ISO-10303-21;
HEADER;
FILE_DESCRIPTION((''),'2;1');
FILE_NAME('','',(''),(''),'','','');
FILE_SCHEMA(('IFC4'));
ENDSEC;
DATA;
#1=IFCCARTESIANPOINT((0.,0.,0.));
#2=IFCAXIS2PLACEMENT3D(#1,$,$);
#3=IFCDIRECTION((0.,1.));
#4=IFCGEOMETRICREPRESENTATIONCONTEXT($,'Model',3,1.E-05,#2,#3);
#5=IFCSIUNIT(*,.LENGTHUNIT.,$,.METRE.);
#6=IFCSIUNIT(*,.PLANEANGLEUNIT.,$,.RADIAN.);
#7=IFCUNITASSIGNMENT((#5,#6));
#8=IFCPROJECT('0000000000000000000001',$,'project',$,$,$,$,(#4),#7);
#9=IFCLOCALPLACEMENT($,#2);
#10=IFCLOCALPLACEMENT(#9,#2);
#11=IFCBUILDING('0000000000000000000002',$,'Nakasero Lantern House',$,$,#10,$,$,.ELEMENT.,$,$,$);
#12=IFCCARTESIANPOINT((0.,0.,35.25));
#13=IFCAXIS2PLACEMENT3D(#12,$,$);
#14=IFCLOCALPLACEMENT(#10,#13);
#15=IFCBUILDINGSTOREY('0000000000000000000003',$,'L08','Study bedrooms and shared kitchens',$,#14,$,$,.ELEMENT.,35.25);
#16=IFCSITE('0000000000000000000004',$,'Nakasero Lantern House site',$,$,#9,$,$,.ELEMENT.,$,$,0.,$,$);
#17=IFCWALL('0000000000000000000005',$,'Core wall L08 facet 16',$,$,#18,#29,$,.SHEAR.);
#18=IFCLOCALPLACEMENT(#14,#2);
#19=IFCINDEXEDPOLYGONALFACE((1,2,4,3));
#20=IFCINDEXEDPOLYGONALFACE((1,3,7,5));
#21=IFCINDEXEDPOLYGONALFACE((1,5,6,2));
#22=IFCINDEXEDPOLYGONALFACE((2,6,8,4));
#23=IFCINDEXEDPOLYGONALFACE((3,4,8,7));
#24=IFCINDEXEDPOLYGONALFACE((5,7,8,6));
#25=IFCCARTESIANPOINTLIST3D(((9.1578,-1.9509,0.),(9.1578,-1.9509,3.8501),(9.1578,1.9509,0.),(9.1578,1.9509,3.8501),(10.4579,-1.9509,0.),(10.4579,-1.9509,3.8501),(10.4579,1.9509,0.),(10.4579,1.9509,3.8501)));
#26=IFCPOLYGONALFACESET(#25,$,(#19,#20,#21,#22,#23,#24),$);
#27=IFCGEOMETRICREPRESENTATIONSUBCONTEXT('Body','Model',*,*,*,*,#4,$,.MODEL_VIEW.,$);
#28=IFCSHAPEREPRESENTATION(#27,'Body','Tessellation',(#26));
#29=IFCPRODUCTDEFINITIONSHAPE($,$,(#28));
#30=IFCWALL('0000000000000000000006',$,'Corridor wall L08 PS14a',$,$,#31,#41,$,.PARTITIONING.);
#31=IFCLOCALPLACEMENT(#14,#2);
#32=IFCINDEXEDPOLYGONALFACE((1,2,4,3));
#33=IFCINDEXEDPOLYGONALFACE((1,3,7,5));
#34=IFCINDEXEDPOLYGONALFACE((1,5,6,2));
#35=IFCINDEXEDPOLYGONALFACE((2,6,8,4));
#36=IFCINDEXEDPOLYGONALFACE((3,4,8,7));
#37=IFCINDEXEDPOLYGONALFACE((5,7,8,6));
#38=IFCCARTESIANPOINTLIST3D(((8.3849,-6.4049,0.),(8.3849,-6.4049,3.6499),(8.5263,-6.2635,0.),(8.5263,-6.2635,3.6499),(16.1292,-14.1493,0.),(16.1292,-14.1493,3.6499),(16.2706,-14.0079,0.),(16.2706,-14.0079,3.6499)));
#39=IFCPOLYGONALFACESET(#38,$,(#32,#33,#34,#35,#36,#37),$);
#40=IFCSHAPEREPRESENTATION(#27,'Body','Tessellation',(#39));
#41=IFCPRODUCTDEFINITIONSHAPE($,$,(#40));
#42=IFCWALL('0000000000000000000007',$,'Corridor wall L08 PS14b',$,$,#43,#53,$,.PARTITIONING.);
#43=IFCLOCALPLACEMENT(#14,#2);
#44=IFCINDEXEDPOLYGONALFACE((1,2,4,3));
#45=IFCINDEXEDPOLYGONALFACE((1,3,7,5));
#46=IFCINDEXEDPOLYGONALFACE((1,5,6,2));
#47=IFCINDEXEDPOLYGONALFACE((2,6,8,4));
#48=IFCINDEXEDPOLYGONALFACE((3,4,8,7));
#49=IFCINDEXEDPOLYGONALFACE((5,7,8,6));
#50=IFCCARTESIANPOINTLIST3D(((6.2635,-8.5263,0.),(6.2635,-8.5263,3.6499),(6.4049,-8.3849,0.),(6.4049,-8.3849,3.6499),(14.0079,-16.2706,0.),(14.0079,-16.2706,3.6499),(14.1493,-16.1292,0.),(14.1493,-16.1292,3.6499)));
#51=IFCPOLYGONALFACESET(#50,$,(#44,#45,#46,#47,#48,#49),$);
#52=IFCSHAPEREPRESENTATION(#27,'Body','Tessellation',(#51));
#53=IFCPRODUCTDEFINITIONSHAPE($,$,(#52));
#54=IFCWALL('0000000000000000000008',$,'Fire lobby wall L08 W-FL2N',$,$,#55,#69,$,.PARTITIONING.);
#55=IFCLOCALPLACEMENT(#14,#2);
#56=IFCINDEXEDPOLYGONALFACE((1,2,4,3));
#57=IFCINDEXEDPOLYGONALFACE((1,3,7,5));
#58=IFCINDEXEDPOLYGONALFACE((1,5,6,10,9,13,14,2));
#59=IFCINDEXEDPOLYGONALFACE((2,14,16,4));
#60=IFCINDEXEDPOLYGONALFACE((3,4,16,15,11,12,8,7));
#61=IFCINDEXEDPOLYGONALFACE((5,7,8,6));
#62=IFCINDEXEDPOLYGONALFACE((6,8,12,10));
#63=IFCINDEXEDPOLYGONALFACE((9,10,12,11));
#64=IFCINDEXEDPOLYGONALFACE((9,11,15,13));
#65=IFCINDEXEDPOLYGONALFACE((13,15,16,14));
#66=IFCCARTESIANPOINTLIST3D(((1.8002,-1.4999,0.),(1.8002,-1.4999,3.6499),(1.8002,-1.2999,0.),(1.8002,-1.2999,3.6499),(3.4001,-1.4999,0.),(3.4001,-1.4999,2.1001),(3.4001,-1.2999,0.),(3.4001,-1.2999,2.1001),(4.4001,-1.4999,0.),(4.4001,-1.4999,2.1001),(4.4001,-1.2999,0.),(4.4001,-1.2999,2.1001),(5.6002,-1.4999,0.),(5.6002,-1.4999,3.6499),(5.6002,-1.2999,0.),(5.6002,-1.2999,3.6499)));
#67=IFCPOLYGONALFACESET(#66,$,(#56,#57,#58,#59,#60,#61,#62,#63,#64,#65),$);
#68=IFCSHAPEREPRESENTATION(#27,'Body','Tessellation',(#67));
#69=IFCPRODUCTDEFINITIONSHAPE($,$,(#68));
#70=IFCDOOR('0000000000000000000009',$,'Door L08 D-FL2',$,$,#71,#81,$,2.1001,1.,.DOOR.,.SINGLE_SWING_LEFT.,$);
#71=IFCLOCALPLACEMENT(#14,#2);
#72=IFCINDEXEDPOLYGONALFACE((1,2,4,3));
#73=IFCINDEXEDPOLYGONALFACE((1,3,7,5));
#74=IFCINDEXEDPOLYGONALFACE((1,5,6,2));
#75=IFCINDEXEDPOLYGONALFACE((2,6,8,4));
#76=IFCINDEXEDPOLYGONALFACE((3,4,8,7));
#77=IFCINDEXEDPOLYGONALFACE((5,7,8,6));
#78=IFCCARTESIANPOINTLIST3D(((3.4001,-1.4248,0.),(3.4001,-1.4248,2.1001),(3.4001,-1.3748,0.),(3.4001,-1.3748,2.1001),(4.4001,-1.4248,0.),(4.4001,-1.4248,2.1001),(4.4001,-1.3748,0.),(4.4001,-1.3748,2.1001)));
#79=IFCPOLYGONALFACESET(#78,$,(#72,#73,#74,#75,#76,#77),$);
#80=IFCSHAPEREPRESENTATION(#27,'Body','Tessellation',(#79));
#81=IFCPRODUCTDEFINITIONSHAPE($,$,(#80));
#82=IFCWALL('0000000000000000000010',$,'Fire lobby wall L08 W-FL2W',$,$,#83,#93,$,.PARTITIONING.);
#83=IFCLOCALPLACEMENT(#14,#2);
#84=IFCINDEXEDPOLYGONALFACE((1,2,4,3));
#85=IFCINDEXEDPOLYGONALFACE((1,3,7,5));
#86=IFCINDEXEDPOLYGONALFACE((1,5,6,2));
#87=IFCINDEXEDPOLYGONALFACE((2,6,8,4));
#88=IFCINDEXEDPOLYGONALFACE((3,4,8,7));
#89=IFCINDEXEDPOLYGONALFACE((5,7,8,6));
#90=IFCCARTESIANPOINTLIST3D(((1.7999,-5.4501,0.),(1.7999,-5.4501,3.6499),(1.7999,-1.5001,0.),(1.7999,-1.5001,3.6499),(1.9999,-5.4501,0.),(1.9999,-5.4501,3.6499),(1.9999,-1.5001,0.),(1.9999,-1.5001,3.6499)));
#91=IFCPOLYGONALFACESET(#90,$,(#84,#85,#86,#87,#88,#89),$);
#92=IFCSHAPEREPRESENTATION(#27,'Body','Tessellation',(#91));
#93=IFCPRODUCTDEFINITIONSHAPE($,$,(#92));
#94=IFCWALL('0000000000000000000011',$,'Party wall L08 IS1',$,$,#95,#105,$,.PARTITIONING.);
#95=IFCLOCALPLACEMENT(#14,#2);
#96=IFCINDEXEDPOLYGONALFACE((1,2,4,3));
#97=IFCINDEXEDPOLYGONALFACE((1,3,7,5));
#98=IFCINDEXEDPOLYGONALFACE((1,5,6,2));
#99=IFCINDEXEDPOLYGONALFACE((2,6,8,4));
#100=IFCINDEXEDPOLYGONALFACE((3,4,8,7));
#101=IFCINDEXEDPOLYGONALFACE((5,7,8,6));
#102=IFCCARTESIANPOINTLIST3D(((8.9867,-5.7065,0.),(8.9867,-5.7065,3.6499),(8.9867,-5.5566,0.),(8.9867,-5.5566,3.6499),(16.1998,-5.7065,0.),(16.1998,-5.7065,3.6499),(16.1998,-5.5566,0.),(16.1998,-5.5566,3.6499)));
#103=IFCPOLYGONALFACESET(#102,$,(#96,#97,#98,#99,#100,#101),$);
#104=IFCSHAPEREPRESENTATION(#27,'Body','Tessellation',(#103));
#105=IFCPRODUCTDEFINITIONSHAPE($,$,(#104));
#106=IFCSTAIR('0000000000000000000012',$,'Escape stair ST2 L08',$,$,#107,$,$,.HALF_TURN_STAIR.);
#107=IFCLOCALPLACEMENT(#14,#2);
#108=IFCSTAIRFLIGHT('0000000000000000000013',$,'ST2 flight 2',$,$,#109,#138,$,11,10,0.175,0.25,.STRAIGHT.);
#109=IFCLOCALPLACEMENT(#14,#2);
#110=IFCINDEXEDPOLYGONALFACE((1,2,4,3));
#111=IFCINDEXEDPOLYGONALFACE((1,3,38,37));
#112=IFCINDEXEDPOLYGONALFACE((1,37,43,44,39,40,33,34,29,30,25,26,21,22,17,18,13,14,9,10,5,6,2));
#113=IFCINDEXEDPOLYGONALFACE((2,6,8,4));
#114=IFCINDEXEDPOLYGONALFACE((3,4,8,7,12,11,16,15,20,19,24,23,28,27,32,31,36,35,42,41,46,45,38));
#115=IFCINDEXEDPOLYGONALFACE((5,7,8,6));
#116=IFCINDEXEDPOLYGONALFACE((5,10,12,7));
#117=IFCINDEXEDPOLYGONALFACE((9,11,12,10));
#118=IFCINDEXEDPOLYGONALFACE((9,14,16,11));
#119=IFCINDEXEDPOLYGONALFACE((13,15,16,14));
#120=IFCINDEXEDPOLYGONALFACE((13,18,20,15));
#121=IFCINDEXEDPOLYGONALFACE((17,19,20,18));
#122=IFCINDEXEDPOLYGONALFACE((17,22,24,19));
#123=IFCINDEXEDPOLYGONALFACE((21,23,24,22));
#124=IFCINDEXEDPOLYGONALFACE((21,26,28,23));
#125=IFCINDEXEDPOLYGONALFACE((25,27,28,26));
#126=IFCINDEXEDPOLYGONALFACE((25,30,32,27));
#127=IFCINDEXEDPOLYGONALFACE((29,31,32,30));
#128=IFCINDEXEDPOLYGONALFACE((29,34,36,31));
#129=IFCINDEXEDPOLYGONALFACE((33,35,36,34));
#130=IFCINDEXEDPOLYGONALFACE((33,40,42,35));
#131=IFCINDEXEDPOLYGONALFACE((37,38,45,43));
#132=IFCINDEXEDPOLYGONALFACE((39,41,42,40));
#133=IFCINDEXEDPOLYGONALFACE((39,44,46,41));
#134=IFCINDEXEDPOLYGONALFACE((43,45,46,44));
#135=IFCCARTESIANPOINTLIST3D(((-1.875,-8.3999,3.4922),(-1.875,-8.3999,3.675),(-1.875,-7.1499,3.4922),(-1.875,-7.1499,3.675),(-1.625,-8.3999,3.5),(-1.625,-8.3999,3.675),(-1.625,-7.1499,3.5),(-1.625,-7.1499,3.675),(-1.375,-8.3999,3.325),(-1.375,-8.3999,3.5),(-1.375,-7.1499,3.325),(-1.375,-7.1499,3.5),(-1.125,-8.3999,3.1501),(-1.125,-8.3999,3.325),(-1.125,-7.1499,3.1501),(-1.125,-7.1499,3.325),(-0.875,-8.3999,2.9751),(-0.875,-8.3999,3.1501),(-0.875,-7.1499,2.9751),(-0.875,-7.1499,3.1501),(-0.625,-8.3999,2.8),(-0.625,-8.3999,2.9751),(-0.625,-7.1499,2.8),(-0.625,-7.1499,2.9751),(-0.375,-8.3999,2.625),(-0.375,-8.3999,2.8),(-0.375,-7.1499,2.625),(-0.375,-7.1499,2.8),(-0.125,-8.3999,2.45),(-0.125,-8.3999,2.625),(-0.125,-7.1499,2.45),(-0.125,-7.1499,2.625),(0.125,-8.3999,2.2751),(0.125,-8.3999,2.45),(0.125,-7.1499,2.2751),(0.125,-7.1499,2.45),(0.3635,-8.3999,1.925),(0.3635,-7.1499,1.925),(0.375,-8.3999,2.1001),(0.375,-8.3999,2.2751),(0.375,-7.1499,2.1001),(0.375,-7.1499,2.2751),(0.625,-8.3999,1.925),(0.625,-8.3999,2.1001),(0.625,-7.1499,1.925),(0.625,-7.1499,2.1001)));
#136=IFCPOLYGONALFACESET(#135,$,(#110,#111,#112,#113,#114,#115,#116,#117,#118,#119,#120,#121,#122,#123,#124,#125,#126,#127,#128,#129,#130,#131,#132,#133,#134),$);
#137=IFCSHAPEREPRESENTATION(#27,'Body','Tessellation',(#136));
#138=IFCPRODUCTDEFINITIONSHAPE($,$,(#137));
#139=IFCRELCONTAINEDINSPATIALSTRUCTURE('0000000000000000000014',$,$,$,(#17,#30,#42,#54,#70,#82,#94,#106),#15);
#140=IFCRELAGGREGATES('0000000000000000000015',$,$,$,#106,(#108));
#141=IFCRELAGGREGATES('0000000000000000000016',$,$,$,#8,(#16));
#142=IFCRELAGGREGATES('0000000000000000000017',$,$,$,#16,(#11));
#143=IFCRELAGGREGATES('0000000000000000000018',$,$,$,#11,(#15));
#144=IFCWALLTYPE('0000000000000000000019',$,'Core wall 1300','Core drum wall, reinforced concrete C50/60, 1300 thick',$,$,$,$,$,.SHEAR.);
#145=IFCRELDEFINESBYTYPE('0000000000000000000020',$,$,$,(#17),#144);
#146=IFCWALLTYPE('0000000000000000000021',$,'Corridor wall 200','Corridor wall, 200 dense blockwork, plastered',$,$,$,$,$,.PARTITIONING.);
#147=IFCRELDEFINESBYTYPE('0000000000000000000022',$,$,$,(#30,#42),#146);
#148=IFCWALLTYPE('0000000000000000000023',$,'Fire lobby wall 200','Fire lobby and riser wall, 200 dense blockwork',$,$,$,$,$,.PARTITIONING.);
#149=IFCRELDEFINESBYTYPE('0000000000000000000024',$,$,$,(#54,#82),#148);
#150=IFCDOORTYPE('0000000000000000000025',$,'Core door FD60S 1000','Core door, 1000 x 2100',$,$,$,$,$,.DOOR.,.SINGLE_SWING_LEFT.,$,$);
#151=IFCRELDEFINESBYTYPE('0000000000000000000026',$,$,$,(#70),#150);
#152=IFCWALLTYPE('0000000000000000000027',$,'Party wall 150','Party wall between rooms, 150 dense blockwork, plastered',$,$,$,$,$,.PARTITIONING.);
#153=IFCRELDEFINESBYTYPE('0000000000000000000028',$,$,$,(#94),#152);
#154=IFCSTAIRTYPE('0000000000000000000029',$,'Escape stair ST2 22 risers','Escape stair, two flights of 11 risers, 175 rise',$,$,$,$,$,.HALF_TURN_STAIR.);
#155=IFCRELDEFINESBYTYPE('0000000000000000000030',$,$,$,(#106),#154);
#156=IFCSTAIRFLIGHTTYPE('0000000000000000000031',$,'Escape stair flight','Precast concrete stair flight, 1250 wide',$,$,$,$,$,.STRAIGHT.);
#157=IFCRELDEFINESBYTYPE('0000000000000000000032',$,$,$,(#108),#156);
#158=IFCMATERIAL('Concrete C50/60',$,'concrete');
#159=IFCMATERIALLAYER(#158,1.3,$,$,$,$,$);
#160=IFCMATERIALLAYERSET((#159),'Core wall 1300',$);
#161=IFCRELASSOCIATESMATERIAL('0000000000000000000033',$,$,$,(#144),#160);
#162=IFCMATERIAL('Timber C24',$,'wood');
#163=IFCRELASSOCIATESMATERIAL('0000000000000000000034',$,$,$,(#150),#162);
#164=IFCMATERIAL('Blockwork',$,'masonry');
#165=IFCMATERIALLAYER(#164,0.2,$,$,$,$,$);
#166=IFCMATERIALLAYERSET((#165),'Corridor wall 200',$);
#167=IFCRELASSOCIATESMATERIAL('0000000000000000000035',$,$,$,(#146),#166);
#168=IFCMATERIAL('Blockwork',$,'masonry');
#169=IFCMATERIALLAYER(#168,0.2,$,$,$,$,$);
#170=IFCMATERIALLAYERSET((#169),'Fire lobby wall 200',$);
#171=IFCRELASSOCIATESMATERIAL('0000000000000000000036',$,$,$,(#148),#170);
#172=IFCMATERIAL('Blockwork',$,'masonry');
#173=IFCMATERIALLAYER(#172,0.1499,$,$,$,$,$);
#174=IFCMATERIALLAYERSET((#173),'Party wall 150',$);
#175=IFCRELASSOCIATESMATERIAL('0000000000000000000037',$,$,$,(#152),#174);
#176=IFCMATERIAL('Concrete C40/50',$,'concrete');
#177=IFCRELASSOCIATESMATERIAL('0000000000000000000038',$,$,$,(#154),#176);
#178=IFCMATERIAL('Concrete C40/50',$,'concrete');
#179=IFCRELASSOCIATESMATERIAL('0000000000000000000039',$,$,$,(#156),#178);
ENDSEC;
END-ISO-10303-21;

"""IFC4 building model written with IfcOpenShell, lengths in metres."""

from ifc_helpers import new_model, si_unit, direction, frame, frame_2d, origin, place, context, subcontext, project, spatial, polyline, rectangle, outline, extrude, material, layer, layer_set, type_object, element, fill, aggregate, save


model = new_model("IFC4")

# Units and contexts
model_context = context("Model", 3, precision=1e-05, world=origin(), true_north=direction((0.0, 1.0)))
body_context = subcontext(model_context, "Body", "Model", "MODEL_VIEW")
ifc_project = project(units=[si_unit("LENGTHUNIT", "METRE"), si_unit("PLANEANGLEUNIT", "RADIAN")], contexts=[model_context])

# Site, building, storey
site_placement = place(None, origin())
site = spatial("IfcSite", under=ifc_project, at=site_placement, Name="Nakasero Lantern House site", CompositionType="ELEMENT", RefElevation=0.0)
building_placement = place(site_placement, origin())
building = spatial("IfcBuilding", under=site, at=building_placement, Name="Nakasero Lantern House", CompositionType="ELEMENT")
storey_placement = place(building_placement, frame((0.0, 0.0, 35.25)))
storey = spatial("IfcBuildingStorey", under=building, at=storey_placement, Name="L08", Description="Study bedrooms and shared kitchens", CompositionType="ELEMENT", Elevation=35.25)

# Shared definitions
ifc_material_1 = material(Name="Concrete C50/60", Category="concrete")
ifc_layer_1 = layer(ifc_material_1, 1.3)
ifc_layer_set_1 = layer_set([ifc_layer_1], Name="Core wall 1300")
wall_type_1 = type_object("IfcWallType", Name="Core wall 1300", Description="Core drum wall, reinforced concrete C50/60, 1300 thick", PredefinedType="SHEAR", material=ifc_layer_set_1)

# Shared definitions
ifc_material_2 = material(Name="Timber C24", Category="wood")
door_type_1 = type_object("IfcDoorType", Name="Core door FD60S 1000", Description="Core door, 1000 x 2100", OperationType="SINGLE_SWING_LEFT", PredefinedType="DOOR", material=ifc_material_2)

# Walls
for number, where, z_axis, x_axis, name in (
    (1, (9.8079, -1.9509, 0.0), (0.0, 0.0, 1.0), (0.0, 1.0, 0.0), "Core wall L08 facet 16"),
):
    element("IfcWall", number, at=place(storey_placement, frame(where, z_axis=z_axis, x_axis=x_axis)), inside=storey, type_object=wall_type_1, Name=name, PredefinedType="SHEAR", context=body_context, shape_type="SweptSolid", body=[
        extrude(rectangle(XDim=3.9019, YDim=1.3, at=frame_2d((1.9509, 0.0))), origin(), (0.0, 0.0, 1.0), 3.8501),
    ])
ifc_material_3 = material(Name="Blockwork", Category="masonry")
ifc_layer_2 = layer(ifc_material_3, 0.2)
ifc_layer_set_2 = layer_set([ifc_layer_2], Name="Corridor wall 200")
wall_type_2 = type_object("IfcWallType", Name="Corridor wall 200", Description="Corridor wall, 200 dense blockwork, plastered", PredefinedType="PARTITIONING", material=ifc_layer_set_2)
for number, where, z_axis, x_axis, name in (
    (2, (8.4556, -6.3342, 0.0), (0.0, 0.0, 1.0), (0.707107, -0.707107, 0.0), "Corridor wall L08 PS14a"),
    (3, (6.3342, -8.4556, 0.0), (0.0, 0.0, 1.0), (0.707107, -0.707107, 0.0), "Corridor wall L08 PS14b"),
):
    element("IfcWall", number, at=place(storey_placement, frame(where, z_axis=z_axis, x_axis=x_axis)), inside=storey, type_object=wall_type_2, Name=name, PredefinedType="PARTITIONING", context=body_context, shape_type="SweptSolid", body=[
        extrude(rectangle(XDim=10.9521, YDim=0.2, at=frame_2d((5.4761, 0.0))), origin(), (0.0, 0.0, 1.0), 3.6499),
    ])

# Wall, opening, door
ifc_material_4 = material(Name="Blockwork", Category="masonry")
ifc_layer_3 = layer(ifc_material_4, 0.2)
ifc_layer_set_3 = layer_set([ifc_layer_3], Name="Fire lobby wall 200")
wall_type_3 = type_object("IfcWallType", Name="Fire lobby wall 200", Description="Fire lobby and riser wall, 200 dense blockwork", PredefinedType="PARTITIONING", material=ifc_layer_set_3)
wall_1_placement = place(storey_placement, frame((5.6001, -1.3999, 0.0), z_axis=(0.0, 0.0, 1.0), x_axis=(-1.0, 0.0, 0.0)))
wall_1 = element("IfcWall", 4, at=wall_1_placement, inside=storey, type_object=wall_type_3, Name="Fire lobby wall L08 W-FL2N", PredefinedType="PARTITIONING", context=body_context, shape_type="SweptSolid", body=[
    extrude(rectangle(XDim=3.8, YDim=0.2, at=frame_2d((1.8999, 0.0))), origin(), (0.0, 0.0, 1.0), 3.6499),
])
opening_1_placement = place(wall_1_placement, frame((1.2, 0.0, 0.0)))
opening_1 = element("IfcOpeningElement", 5, at=opening_1_placement, cuts=wall_1, PredefinedType="OPENING", context=body_context, shape_type="SweptSolid", body=[
    extrude(rectangle(XDim=1.0, YDim=2.1001, at=frame_2d((0.5, 1.05))), frame((0.0, 0.1199, 0.0), z_axis=(0.0, -1.0, 0.0), x_axis=(1.0, 0.0, 0.0)), (0.0, 0.0, 1.0), 0.24),
])
door_1_placement = place(opening_1_placement, origin())
door_1 = element("IfcDoor", 6, at=door_1_placement, inside=storey, type_object=door_type_1, Name="Door L08 D-FL2", OperationType="SINGLE_SWING_LEFT", OverallHeight=2.1001, OverallWidth=1.0, PredefinedType="DOOR", context=body_context, shape_type="SweptSolid", body=[
    extrude(rectangle(XDim=1.0, YDim=2.1001, at=frame_2d((0.5, 1.05))), frame((0.0, 0.0249, 0.0), z_axis=(0.0, -1.0, 0.0), x_axis=(1.0, 0.0, 0.0)), (0.0, 0.0, 1.0), 0.05),
])
fill(opening_1, door_1)

# Walls
wall_2_placement = place(storey_placement, frame((1.8999, -1.5, 0.0), z_axis=(0.0, 0.0, 1.0), x_axis=(0.0, -1.0, 0.0)))
element("IfcWall", 7, at=wall_2_placement, inside=storey, type_object=wall_type_3, Name="Fire lobby wall L08 W-FL2W", PredefinedType="PARTITIONING", context=body_context, shape_type="SweptSolid", body=[
    extrude(rectangle(XDim=3.95, YDim=0.2, at=frame_2d((1.9751, 0.0))), origin(), (0.0, 0.0, 1.0), 3.6499),
])
ifc_material_5 = material(Name="Blockwork", Category="masonry")
ifc_layer_4 = layer(ifc_material_5, 0.1499)
ifc_layer_set_4 = layer_set([ifc_layer_4], Name="Party wall 150")
wall_type_4 = type_object("IfcWallType", Name="Party wall 150", Description="Party wall between rooms, 150 dense blockwork, plastered", PredefinedType="PARTITIONING", material=ifc_layer_set_4)
wall_3_placement = place(storey_placement, frame((8.9868, -5.6316, 0.0), z_axis=(0.0, 0.0, 1.0), x_axis=(1.0, 0.0, 0.0)))
element("IfcWall", 8, at=wall_3_placement, inside=storey, type_object=wall_type_4, Name="Party wall L08 IS1", PredefinedType="PARTITIONING", context=body_context, shape_type="SweptSolid", body=[
    extrude(rectangle(XDim=7.2131, YDim=0.1499, at=frame_2d((3.6064, 0.0))), origin(), (0.0, 0.0, 1.0), 3.6499),
])

# Stair, stair flight
ifc_material_6 = material(Name="Concrete C40/50", Category="concrete")
stair_type_1 = type_object("IfcStairType", Name="Escape stair ST2 22 risers", Description="Escape stair, two flights of 11 risers, 175 rise", PredefinedType="HALF_TURN_STAIR", material=ifc_material_6)
stair_1_placement = place(storey_placement, origin())
stair_1 = element("IfcStair", 9, at=stair_1_placement, inside=storey, type_object=stair_type_1, Name="Escape stair ST2 L08", PredefinedType="HALF_TURN_STAIR")
ifc_material_7 = material(Name="Concrete C40/50", Category="concrete")
stair_flight_type = type_object("IfcStairFlightType", Name="Escape stair flight", Description="Precast concrete stair flight, 1250 wide", PredefinedType="STRAIGHT", material=ifc_material_7)
stair_flight_placement = place(storey_placement, frame((0.625, -7.7749, 1.925), z_axis=(0.0, 0.0, 1.0), x_axis=(-1.0, 0.0, 0.0)))
stair_flight = element("IfcStairFlight", 10, at=stair_flight_placement, type_object=stair_flight_type, Name="ST2 flight 2", NumberOfRisers=11, NumberOfTreads=10, PredefinedType="STRAIGHT", RiserHeight=0.175, TreadLength=0.25, context=body_context, shape_type="SweptSolid", body=[
    extrude(outline(polyline([(0.0, 0.0), (0.0, 0.175), (0.25, 0.175), (0.25, 0.3501), (0.5, 0.3501), (0.5, 0.5249), (0.75, 0.5249), (0.75, 0.7), (1.0, 0.7), (1.0, 0.875), (1.25, 0.875), (1.25, 1.05), (1.5, 1.05), (1.5, 1.2251), (1.75, 1.2251), (1.75, 1.3999), (2.0, 1.3999), (2.0, 1.575), (2.25, 1.575), (2.25, 1.75), (2.5, 1.75), (2.5, 1.925), (2.5, 1.5671), (0.2615, 0.0), (0.0, 0.0)])), frame((0.0, 0.625, 0.0), z_axis=(0.0, -1.0, 0.0), x_axis=(1.0, 0.0, 0.0)), (0.0, 0.0, 1.0), 1.25),
])
aggregate(stair_1, [stair_flight])

save(model, "model.ifc")
